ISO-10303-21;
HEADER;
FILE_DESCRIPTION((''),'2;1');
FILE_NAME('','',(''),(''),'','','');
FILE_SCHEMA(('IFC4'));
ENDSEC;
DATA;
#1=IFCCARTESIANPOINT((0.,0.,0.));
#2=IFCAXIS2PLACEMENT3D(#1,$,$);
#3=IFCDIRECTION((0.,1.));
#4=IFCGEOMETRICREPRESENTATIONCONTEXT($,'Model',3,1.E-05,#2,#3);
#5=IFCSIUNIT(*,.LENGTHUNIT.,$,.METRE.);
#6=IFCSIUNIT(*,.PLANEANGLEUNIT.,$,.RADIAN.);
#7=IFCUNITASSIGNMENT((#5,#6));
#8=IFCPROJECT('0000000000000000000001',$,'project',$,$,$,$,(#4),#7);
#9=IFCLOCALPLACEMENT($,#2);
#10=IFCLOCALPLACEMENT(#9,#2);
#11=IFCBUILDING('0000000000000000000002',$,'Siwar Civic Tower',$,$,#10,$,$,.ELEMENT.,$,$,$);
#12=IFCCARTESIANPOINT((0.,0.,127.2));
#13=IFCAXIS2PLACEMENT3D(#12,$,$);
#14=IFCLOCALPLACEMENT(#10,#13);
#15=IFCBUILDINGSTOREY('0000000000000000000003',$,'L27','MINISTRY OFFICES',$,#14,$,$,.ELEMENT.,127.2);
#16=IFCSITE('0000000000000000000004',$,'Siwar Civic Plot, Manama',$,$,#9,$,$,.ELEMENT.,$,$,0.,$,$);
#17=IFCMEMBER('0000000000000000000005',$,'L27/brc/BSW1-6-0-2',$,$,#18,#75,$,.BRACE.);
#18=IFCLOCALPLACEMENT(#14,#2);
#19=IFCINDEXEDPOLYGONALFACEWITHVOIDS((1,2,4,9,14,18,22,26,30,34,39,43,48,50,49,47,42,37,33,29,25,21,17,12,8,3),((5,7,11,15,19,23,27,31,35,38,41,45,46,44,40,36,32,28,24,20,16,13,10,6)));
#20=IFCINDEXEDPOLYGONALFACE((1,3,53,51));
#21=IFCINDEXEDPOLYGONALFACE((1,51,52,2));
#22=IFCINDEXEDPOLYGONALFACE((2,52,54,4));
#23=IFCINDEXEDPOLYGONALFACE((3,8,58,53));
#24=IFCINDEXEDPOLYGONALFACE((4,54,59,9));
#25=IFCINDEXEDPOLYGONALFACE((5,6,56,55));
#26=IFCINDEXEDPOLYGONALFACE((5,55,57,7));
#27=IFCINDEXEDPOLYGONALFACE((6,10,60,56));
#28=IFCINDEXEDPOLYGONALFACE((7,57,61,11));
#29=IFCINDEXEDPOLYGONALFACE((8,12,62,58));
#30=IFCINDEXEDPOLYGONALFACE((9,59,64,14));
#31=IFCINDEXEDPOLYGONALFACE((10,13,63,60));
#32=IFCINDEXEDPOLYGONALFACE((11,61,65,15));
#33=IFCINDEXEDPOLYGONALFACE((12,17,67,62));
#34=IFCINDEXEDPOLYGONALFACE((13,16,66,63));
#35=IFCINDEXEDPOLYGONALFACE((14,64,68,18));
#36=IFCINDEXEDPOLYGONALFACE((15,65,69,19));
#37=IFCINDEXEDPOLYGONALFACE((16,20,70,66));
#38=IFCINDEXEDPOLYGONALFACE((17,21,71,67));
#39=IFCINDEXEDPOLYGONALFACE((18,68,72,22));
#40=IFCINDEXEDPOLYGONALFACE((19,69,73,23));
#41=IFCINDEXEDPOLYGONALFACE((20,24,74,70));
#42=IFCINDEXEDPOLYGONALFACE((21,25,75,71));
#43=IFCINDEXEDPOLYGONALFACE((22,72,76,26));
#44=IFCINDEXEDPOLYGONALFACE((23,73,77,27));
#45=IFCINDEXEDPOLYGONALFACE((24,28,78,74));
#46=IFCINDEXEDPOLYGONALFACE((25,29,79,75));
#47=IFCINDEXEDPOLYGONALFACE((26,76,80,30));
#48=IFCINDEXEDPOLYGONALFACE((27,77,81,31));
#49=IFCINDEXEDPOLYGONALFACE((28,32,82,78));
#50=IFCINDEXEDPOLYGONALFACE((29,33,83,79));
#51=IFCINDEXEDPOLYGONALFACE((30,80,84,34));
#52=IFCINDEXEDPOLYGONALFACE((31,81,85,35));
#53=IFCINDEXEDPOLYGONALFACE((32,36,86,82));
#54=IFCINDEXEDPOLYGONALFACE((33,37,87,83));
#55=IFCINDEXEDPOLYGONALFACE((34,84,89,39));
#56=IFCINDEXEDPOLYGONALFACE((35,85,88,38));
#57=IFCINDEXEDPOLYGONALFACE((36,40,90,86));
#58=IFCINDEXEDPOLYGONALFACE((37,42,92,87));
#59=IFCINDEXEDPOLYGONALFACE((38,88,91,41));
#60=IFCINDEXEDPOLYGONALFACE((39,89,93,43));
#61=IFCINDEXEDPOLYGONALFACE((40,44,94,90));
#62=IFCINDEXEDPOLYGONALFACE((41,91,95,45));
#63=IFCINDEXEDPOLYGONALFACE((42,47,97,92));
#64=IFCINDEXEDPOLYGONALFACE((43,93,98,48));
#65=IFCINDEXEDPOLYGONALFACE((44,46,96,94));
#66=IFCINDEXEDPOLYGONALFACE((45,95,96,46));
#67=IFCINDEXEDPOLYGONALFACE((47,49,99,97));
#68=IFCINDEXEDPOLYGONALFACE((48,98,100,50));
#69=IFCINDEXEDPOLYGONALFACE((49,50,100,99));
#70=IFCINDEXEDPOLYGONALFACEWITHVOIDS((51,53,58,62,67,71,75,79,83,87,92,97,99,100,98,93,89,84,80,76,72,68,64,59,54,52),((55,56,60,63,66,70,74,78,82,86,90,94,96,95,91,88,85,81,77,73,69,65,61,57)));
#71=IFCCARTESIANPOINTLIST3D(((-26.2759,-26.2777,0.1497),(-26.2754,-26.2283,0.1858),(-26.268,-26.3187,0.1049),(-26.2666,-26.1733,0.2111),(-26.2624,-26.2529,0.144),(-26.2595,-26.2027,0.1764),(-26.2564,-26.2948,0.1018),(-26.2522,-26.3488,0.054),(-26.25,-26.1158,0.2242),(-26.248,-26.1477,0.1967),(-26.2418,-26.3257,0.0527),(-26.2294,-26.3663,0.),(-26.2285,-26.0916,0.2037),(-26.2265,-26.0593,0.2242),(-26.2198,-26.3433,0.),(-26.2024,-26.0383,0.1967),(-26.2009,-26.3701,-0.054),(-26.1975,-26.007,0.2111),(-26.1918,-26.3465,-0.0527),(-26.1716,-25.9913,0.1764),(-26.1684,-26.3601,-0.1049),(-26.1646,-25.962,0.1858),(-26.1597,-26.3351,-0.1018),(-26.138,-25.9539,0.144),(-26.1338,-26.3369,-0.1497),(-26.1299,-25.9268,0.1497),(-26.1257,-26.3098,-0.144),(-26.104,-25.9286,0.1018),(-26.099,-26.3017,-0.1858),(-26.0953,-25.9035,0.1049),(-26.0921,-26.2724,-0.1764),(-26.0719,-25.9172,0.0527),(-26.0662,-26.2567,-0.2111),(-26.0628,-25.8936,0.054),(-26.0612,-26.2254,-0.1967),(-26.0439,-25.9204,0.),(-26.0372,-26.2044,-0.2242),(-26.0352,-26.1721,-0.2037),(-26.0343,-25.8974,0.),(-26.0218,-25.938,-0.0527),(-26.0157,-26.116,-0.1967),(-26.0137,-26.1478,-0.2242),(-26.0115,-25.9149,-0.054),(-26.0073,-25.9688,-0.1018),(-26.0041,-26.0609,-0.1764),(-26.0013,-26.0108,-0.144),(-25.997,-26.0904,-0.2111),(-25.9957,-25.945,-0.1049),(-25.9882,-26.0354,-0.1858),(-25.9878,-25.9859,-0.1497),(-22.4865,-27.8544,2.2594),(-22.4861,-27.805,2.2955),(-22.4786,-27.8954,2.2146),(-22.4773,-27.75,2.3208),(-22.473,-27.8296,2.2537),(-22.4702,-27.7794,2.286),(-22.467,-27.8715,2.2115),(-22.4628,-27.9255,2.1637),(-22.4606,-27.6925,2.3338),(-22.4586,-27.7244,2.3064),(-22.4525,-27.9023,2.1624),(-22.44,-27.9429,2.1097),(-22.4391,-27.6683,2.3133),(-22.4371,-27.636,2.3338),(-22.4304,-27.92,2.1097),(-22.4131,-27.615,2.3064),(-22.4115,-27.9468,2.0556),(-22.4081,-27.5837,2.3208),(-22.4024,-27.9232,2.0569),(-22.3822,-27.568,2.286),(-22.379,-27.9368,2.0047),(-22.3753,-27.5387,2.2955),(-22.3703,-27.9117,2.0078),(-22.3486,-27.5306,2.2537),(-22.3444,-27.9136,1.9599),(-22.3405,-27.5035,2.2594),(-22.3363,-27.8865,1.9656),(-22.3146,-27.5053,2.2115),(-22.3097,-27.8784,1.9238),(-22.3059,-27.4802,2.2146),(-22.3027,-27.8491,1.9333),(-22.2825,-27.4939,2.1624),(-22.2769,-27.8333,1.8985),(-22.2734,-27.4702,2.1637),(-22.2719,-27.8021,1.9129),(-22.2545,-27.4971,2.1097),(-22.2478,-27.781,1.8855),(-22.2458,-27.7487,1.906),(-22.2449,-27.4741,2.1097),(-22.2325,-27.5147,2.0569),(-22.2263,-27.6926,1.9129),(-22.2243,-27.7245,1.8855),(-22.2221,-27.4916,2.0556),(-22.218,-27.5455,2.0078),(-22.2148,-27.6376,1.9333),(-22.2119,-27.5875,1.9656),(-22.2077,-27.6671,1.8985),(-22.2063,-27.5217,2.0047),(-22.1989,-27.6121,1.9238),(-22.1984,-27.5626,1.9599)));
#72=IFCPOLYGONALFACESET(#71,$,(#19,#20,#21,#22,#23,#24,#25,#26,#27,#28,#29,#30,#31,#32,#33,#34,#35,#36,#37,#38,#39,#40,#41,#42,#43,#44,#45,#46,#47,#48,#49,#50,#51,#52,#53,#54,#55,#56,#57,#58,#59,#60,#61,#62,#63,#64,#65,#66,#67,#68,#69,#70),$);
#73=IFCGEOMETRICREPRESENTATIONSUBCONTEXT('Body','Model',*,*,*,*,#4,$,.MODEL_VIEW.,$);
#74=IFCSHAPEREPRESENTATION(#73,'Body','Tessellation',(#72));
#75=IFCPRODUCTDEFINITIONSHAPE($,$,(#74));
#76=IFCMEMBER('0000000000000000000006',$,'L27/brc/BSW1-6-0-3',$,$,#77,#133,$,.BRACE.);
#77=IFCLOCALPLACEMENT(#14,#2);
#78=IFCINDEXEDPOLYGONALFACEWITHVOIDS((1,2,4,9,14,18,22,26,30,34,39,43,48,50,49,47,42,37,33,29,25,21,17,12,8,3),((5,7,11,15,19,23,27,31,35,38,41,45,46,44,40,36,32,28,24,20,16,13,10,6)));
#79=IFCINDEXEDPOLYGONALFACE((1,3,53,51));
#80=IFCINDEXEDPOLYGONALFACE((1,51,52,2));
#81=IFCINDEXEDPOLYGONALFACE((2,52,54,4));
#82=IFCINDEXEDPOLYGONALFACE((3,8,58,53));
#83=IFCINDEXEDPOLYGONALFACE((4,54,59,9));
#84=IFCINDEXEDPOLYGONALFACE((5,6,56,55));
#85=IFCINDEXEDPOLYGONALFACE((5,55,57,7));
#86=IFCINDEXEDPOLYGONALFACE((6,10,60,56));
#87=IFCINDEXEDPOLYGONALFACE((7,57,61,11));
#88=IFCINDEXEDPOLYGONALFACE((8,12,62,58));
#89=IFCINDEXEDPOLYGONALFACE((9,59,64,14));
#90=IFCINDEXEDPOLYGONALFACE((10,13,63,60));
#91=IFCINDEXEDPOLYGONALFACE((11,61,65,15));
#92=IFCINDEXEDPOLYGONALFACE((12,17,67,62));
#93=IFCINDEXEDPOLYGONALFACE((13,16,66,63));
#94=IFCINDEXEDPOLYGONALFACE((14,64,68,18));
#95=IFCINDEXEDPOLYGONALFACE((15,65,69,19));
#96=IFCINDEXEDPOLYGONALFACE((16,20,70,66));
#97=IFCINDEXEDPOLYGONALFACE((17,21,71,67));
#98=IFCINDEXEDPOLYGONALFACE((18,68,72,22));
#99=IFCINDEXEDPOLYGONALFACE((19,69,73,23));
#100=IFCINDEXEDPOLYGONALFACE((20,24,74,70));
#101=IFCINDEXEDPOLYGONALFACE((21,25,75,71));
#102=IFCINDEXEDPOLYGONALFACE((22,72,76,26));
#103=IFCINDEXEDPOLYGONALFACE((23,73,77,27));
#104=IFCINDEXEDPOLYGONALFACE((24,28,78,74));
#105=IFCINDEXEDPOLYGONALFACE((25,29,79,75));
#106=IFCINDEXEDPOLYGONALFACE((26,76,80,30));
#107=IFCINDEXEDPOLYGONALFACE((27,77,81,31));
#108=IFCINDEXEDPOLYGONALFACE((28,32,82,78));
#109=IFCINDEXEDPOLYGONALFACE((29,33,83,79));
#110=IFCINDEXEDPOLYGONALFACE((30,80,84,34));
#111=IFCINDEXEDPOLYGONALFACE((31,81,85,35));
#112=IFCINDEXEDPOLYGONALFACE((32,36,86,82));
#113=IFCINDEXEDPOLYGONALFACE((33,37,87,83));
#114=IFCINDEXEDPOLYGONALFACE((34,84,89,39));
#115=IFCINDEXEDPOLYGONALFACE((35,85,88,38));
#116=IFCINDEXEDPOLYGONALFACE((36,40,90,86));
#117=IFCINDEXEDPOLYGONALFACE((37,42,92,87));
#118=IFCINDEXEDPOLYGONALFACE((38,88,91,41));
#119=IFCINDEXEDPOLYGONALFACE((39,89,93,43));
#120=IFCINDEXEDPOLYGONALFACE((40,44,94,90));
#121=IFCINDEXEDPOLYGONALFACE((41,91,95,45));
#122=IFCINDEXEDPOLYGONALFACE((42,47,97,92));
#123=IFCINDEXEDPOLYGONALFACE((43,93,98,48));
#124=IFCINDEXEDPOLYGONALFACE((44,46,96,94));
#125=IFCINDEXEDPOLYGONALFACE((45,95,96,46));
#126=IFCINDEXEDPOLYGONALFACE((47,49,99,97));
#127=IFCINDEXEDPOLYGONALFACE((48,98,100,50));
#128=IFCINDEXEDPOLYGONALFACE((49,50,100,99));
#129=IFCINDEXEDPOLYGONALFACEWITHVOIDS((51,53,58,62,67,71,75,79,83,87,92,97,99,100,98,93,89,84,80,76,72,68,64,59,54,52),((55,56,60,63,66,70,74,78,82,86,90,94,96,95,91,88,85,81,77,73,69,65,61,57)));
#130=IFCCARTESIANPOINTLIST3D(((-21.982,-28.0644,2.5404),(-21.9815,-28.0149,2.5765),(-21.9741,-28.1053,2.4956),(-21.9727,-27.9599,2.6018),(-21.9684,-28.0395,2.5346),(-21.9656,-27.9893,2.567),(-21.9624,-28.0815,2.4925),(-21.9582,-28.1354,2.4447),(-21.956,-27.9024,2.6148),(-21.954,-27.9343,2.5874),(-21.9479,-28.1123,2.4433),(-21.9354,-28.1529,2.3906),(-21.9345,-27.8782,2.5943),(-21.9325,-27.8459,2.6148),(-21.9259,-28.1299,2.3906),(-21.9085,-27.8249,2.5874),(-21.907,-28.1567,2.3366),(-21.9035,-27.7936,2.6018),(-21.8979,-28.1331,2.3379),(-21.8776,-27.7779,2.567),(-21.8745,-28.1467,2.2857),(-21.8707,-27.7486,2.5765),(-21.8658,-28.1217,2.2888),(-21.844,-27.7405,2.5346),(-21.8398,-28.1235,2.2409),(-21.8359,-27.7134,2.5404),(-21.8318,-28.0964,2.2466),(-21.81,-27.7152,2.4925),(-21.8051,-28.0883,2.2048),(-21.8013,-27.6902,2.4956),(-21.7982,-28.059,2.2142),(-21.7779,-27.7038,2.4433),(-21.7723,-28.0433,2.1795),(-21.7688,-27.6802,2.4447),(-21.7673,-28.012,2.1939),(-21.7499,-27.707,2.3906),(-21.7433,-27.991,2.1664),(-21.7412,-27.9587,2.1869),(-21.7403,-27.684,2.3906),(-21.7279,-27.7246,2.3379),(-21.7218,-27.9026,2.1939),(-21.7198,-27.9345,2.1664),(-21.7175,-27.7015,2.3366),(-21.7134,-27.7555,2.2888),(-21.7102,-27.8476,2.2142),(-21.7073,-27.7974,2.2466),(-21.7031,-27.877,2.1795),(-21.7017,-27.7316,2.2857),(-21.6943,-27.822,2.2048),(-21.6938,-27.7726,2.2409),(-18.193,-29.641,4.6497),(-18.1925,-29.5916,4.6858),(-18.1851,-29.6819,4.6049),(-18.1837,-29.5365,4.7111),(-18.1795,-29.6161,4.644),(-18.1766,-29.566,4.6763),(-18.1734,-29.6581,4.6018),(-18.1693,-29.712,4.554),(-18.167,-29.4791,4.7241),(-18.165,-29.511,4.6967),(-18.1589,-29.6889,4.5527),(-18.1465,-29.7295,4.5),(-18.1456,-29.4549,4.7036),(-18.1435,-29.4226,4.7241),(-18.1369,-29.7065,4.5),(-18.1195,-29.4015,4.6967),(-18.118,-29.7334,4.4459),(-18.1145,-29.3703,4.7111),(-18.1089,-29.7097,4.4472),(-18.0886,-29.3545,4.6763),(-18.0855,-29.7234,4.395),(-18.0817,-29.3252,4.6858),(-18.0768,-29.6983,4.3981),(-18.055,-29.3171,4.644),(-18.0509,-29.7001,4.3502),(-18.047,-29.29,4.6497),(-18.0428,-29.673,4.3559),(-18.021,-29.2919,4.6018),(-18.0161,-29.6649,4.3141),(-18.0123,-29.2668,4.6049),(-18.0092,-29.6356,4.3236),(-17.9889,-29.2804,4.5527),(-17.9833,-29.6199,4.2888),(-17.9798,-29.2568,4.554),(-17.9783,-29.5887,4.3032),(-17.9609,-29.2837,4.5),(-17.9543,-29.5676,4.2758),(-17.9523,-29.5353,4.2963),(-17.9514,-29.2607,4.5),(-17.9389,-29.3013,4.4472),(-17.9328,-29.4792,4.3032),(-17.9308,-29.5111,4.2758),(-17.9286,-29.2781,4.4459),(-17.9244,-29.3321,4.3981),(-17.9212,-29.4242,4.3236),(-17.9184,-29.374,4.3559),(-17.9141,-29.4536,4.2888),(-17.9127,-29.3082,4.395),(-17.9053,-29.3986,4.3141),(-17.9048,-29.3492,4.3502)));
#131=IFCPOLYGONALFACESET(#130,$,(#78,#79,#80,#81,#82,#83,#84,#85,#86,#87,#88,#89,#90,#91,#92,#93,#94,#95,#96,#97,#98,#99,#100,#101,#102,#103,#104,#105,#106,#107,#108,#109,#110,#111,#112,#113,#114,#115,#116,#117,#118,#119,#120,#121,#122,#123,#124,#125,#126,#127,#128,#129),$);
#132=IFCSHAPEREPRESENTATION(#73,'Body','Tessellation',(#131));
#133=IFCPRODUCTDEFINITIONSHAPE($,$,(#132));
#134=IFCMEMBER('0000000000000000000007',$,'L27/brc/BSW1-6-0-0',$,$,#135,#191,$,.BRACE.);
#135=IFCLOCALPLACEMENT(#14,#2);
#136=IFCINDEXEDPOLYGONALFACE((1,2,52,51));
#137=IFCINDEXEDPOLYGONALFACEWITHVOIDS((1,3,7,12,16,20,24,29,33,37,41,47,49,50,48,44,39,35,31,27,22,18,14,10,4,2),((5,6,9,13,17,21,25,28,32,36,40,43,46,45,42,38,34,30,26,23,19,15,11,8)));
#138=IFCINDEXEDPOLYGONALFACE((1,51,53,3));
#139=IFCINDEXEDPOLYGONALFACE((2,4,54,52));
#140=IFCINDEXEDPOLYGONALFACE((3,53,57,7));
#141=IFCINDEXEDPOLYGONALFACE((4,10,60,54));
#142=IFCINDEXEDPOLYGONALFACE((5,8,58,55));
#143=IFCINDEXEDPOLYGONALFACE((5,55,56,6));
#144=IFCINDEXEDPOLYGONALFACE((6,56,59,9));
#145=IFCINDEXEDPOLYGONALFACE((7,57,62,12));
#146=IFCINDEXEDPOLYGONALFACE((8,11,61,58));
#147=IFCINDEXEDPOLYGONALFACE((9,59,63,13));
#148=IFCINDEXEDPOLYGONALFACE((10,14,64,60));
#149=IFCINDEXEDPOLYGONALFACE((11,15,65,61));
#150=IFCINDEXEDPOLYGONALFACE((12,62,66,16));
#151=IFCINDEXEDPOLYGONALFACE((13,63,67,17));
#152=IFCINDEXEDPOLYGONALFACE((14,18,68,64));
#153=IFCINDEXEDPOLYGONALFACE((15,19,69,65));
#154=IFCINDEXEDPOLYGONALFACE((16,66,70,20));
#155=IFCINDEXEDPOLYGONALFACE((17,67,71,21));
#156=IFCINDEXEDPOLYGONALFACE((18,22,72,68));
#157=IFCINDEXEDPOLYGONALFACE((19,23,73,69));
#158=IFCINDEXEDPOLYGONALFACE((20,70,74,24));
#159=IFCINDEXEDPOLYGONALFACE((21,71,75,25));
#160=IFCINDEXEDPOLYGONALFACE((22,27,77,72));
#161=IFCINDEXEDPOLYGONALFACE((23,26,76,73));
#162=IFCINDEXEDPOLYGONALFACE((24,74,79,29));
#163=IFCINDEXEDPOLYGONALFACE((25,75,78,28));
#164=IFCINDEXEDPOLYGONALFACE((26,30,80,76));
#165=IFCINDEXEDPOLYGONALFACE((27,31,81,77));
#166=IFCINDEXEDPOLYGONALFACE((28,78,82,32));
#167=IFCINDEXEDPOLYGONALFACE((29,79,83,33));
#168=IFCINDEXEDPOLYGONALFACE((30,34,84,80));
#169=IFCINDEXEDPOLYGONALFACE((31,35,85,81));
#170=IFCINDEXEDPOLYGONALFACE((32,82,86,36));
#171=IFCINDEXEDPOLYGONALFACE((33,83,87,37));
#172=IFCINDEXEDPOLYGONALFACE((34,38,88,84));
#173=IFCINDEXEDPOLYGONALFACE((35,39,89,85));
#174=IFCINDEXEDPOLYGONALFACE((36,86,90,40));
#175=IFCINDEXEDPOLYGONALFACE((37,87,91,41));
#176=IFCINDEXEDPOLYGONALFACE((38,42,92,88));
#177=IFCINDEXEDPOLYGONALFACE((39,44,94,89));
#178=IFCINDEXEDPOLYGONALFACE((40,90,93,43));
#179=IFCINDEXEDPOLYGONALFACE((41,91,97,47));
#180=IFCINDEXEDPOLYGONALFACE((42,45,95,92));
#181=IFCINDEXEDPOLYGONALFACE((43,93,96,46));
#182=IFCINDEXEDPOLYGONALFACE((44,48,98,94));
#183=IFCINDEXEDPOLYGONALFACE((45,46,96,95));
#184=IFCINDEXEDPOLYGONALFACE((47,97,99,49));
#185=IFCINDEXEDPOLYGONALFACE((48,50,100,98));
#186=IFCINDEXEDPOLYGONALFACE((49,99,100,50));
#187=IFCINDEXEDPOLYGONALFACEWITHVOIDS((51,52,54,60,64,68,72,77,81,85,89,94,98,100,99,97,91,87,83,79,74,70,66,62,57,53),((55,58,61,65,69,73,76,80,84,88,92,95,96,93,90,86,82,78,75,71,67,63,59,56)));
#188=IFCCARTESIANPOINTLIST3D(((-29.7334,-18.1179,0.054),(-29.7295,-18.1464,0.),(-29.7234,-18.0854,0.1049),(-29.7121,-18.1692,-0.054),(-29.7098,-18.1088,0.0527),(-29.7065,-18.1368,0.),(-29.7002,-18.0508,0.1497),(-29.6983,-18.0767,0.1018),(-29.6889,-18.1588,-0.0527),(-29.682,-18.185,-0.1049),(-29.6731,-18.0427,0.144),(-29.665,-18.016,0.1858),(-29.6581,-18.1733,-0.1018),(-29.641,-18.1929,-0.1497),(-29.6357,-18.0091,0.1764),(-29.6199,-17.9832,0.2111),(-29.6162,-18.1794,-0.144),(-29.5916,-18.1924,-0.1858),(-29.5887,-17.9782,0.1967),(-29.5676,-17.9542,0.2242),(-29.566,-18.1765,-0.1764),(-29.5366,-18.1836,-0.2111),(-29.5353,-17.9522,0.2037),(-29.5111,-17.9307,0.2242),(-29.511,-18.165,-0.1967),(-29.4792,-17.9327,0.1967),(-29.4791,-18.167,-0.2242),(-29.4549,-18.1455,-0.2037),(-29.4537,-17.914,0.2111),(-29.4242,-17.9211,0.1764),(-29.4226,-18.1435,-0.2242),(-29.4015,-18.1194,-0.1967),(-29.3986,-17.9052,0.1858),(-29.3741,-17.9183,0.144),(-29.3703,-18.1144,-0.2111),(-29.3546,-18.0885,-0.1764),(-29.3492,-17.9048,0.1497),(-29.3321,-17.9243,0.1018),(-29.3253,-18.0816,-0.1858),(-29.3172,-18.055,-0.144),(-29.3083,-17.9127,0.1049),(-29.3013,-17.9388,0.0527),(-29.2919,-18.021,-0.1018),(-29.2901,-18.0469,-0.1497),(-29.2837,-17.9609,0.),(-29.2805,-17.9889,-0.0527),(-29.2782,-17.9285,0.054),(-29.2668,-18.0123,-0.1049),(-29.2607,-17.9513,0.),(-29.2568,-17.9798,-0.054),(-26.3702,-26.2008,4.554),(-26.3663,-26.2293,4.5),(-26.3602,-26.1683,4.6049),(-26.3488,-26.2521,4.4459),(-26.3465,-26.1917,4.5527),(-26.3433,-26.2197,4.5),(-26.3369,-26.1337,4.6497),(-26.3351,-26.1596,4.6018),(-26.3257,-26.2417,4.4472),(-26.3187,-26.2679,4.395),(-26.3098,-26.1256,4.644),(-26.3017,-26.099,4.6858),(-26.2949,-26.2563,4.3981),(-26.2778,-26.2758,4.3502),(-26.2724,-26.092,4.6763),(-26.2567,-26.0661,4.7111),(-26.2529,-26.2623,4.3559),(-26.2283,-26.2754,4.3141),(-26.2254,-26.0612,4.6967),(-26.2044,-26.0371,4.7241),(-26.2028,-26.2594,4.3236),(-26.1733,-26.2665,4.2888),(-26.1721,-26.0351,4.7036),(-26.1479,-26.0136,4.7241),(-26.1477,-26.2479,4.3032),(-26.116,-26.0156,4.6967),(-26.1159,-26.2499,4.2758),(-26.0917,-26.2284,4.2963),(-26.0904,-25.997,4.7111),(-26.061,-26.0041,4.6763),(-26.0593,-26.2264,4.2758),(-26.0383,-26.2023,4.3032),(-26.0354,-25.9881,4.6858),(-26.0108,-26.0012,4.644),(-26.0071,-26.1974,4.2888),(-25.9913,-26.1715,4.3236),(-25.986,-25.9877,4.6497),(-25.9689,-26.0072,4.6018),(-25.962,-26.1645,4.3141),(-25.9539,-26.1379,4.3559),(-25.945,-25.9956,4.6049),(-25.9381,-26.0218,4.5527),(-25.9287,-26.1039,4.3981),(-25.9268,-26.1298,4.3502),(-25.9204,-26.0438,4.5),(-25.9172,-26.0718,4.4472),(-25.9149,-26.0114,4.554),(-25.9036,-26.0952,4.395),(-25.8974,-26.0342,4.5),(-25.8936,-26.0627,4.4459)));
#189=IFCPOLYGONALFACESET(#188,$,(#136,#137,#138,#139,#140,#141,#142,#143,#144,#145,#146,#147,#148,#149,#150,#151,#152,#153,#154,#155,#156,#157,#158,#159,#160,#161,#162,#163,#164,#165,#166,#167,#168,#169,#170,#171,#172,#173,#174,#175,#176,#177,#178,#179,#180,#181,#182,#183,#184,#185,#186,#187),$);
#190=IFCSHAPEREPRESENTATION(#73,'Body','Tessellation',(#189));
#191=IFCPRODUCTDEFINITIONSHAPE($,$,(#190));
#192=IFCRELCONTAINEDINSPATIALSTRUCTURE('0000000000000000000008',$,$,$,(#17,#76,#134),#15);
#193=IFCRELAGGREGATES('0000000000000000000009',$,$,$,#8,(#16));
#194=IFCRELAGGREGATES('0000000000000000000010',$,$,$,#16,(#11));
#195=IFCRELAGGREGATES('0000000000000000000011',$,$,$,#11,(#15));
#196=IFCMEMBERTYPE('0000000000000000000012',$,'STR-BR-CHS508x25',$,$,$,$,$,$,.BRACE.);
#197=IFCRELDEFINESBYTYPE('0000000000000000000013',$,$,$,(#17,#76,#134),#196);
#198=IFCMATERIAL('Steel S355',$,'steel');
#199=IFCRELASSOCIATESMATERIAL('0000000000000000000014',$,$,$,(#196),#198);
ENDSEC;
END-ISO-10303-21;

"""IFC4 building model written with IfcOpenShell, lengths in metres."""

from ifc_helpers import new_model, si_unit, direction, frame, origin, origin_2d, place, context, subcontext, project, spatial, hollow_circle, extrude, material, material_profile, profile_set, type_object, element, save


model = new_model("IFC4")

# Units and contexts
model_context = context("Model", 3, precision=1e-05, world=origin(), true_north=direction((0.0, 1.0)))
body_context = subcontext(model_context, "Body", "Model", "MODEL_VIEW")
ifc_project = project(units=[si_unit("LENGTHUNIT", "METRE"), si_unit("PLANEANGLEUNIT", "RADIAN")], contexts=[model_context])

# Site, building, storey
site_placement = place(None, origin())
site = spatial("IfcSite", under=ifc_project, at=site_placement, Name="Siwar Civic Plot, Manama", CompositionType="ELEMENT", RefElevation=0.0)
building_placement = place(site_placement, origin())
building = spatial("IfcBuilding", under=site, at=building_placement, Name="Siwar Civic Tower", CompositionType="ELEMENT")
storey_placement = place(building_placement, frame((0.0, 0.0, 127.2)))
storey = spatial("IfcBuildingStorey", under=building, at=storey_placement, Name="L27", Description="MINISTRY OFFICES", CompositionType="ELEMENT", Elevation=127.2)

# Members
ifc_material_1 = material(Name="Steel S355", Category="steel")
ifc_material_profile_1 = material_profile(ifc_material_1, hollow_circle(Radius=0.2539, WallThickness=0.0249, at=origin_2d()), Name="CHS508x25")
ifc_profile_set_1 = profile_set([ifc_material_profile_1], Name="Steel S355")
member_type_1 = type_object("IfcMemberType", Name="STR-BR-CHS508x25", PredefinedType="BRACE", material=ifc_profile_set_1)
member_1_placement = place(storey_placement, frame((-26.1318, -26.1318, 0.0), z_axis=(0.821143, -0.341662, 0.457155), x_axis=(0.384155, 0.923269, 0.0)))
element("IfcMember", 1, at=member_1_placement, inside=storey, type_object=member_type_1, Name="L27/brc/BSW1-6-0-2", PredefinedType="BRACE", context=body_context, shape_type="SweptSolid", body=[
    extrude(hollow_circle(Radius=0.2539, WallThickness=0.0249, at=origin_2d()), origin(), (0.0, 0.0, 1.0), 4.6147),
])
member_2_placement = place(storey_placement, frame((-21.8379, -27.9185, 2.3906), z_axis=(0.821146, -0.341686, 0.457133), x_axis=(0.384176, 0.92326, 0.0)))
element("IfcMember", 2, at=member_2_placement, inside=storey, type_object=member_type_1, Name="L27/brc/BSW1-6-0-3", PredefinedType="BRACE", context=body_context, shape_type="SweptSolid", body=[
    extrude(hollow_circle(Radius=0.2539, WallThickness=0.0249, at=origin_2d()), origin(), (0.0, 0.0, 1.0), 4.6143),
])
member_3_placement = place(storey_placement, frame((-29.4951, -18.0488, 0.0), z_axis=(0.341671, -0.821143, 0.457149), x_axis=(0.923265, 0.384164, 0.0)))
element("IfcMember", 3, at=member_3_placement, inside=storey, type_object=member_type_1, Name="L27/brc/BSW1-6-0-0", PredefinedType="BRACE", context=body_context, shape_type="SweptSolid", body=[
    extrude(hollow_circle(Radius=0.2539, WallThickness=0.0249, at=origin_2d()), origin(), (0.0, 0.0, 1.0), 9.8435),
])

save(model, "model.ifc")
